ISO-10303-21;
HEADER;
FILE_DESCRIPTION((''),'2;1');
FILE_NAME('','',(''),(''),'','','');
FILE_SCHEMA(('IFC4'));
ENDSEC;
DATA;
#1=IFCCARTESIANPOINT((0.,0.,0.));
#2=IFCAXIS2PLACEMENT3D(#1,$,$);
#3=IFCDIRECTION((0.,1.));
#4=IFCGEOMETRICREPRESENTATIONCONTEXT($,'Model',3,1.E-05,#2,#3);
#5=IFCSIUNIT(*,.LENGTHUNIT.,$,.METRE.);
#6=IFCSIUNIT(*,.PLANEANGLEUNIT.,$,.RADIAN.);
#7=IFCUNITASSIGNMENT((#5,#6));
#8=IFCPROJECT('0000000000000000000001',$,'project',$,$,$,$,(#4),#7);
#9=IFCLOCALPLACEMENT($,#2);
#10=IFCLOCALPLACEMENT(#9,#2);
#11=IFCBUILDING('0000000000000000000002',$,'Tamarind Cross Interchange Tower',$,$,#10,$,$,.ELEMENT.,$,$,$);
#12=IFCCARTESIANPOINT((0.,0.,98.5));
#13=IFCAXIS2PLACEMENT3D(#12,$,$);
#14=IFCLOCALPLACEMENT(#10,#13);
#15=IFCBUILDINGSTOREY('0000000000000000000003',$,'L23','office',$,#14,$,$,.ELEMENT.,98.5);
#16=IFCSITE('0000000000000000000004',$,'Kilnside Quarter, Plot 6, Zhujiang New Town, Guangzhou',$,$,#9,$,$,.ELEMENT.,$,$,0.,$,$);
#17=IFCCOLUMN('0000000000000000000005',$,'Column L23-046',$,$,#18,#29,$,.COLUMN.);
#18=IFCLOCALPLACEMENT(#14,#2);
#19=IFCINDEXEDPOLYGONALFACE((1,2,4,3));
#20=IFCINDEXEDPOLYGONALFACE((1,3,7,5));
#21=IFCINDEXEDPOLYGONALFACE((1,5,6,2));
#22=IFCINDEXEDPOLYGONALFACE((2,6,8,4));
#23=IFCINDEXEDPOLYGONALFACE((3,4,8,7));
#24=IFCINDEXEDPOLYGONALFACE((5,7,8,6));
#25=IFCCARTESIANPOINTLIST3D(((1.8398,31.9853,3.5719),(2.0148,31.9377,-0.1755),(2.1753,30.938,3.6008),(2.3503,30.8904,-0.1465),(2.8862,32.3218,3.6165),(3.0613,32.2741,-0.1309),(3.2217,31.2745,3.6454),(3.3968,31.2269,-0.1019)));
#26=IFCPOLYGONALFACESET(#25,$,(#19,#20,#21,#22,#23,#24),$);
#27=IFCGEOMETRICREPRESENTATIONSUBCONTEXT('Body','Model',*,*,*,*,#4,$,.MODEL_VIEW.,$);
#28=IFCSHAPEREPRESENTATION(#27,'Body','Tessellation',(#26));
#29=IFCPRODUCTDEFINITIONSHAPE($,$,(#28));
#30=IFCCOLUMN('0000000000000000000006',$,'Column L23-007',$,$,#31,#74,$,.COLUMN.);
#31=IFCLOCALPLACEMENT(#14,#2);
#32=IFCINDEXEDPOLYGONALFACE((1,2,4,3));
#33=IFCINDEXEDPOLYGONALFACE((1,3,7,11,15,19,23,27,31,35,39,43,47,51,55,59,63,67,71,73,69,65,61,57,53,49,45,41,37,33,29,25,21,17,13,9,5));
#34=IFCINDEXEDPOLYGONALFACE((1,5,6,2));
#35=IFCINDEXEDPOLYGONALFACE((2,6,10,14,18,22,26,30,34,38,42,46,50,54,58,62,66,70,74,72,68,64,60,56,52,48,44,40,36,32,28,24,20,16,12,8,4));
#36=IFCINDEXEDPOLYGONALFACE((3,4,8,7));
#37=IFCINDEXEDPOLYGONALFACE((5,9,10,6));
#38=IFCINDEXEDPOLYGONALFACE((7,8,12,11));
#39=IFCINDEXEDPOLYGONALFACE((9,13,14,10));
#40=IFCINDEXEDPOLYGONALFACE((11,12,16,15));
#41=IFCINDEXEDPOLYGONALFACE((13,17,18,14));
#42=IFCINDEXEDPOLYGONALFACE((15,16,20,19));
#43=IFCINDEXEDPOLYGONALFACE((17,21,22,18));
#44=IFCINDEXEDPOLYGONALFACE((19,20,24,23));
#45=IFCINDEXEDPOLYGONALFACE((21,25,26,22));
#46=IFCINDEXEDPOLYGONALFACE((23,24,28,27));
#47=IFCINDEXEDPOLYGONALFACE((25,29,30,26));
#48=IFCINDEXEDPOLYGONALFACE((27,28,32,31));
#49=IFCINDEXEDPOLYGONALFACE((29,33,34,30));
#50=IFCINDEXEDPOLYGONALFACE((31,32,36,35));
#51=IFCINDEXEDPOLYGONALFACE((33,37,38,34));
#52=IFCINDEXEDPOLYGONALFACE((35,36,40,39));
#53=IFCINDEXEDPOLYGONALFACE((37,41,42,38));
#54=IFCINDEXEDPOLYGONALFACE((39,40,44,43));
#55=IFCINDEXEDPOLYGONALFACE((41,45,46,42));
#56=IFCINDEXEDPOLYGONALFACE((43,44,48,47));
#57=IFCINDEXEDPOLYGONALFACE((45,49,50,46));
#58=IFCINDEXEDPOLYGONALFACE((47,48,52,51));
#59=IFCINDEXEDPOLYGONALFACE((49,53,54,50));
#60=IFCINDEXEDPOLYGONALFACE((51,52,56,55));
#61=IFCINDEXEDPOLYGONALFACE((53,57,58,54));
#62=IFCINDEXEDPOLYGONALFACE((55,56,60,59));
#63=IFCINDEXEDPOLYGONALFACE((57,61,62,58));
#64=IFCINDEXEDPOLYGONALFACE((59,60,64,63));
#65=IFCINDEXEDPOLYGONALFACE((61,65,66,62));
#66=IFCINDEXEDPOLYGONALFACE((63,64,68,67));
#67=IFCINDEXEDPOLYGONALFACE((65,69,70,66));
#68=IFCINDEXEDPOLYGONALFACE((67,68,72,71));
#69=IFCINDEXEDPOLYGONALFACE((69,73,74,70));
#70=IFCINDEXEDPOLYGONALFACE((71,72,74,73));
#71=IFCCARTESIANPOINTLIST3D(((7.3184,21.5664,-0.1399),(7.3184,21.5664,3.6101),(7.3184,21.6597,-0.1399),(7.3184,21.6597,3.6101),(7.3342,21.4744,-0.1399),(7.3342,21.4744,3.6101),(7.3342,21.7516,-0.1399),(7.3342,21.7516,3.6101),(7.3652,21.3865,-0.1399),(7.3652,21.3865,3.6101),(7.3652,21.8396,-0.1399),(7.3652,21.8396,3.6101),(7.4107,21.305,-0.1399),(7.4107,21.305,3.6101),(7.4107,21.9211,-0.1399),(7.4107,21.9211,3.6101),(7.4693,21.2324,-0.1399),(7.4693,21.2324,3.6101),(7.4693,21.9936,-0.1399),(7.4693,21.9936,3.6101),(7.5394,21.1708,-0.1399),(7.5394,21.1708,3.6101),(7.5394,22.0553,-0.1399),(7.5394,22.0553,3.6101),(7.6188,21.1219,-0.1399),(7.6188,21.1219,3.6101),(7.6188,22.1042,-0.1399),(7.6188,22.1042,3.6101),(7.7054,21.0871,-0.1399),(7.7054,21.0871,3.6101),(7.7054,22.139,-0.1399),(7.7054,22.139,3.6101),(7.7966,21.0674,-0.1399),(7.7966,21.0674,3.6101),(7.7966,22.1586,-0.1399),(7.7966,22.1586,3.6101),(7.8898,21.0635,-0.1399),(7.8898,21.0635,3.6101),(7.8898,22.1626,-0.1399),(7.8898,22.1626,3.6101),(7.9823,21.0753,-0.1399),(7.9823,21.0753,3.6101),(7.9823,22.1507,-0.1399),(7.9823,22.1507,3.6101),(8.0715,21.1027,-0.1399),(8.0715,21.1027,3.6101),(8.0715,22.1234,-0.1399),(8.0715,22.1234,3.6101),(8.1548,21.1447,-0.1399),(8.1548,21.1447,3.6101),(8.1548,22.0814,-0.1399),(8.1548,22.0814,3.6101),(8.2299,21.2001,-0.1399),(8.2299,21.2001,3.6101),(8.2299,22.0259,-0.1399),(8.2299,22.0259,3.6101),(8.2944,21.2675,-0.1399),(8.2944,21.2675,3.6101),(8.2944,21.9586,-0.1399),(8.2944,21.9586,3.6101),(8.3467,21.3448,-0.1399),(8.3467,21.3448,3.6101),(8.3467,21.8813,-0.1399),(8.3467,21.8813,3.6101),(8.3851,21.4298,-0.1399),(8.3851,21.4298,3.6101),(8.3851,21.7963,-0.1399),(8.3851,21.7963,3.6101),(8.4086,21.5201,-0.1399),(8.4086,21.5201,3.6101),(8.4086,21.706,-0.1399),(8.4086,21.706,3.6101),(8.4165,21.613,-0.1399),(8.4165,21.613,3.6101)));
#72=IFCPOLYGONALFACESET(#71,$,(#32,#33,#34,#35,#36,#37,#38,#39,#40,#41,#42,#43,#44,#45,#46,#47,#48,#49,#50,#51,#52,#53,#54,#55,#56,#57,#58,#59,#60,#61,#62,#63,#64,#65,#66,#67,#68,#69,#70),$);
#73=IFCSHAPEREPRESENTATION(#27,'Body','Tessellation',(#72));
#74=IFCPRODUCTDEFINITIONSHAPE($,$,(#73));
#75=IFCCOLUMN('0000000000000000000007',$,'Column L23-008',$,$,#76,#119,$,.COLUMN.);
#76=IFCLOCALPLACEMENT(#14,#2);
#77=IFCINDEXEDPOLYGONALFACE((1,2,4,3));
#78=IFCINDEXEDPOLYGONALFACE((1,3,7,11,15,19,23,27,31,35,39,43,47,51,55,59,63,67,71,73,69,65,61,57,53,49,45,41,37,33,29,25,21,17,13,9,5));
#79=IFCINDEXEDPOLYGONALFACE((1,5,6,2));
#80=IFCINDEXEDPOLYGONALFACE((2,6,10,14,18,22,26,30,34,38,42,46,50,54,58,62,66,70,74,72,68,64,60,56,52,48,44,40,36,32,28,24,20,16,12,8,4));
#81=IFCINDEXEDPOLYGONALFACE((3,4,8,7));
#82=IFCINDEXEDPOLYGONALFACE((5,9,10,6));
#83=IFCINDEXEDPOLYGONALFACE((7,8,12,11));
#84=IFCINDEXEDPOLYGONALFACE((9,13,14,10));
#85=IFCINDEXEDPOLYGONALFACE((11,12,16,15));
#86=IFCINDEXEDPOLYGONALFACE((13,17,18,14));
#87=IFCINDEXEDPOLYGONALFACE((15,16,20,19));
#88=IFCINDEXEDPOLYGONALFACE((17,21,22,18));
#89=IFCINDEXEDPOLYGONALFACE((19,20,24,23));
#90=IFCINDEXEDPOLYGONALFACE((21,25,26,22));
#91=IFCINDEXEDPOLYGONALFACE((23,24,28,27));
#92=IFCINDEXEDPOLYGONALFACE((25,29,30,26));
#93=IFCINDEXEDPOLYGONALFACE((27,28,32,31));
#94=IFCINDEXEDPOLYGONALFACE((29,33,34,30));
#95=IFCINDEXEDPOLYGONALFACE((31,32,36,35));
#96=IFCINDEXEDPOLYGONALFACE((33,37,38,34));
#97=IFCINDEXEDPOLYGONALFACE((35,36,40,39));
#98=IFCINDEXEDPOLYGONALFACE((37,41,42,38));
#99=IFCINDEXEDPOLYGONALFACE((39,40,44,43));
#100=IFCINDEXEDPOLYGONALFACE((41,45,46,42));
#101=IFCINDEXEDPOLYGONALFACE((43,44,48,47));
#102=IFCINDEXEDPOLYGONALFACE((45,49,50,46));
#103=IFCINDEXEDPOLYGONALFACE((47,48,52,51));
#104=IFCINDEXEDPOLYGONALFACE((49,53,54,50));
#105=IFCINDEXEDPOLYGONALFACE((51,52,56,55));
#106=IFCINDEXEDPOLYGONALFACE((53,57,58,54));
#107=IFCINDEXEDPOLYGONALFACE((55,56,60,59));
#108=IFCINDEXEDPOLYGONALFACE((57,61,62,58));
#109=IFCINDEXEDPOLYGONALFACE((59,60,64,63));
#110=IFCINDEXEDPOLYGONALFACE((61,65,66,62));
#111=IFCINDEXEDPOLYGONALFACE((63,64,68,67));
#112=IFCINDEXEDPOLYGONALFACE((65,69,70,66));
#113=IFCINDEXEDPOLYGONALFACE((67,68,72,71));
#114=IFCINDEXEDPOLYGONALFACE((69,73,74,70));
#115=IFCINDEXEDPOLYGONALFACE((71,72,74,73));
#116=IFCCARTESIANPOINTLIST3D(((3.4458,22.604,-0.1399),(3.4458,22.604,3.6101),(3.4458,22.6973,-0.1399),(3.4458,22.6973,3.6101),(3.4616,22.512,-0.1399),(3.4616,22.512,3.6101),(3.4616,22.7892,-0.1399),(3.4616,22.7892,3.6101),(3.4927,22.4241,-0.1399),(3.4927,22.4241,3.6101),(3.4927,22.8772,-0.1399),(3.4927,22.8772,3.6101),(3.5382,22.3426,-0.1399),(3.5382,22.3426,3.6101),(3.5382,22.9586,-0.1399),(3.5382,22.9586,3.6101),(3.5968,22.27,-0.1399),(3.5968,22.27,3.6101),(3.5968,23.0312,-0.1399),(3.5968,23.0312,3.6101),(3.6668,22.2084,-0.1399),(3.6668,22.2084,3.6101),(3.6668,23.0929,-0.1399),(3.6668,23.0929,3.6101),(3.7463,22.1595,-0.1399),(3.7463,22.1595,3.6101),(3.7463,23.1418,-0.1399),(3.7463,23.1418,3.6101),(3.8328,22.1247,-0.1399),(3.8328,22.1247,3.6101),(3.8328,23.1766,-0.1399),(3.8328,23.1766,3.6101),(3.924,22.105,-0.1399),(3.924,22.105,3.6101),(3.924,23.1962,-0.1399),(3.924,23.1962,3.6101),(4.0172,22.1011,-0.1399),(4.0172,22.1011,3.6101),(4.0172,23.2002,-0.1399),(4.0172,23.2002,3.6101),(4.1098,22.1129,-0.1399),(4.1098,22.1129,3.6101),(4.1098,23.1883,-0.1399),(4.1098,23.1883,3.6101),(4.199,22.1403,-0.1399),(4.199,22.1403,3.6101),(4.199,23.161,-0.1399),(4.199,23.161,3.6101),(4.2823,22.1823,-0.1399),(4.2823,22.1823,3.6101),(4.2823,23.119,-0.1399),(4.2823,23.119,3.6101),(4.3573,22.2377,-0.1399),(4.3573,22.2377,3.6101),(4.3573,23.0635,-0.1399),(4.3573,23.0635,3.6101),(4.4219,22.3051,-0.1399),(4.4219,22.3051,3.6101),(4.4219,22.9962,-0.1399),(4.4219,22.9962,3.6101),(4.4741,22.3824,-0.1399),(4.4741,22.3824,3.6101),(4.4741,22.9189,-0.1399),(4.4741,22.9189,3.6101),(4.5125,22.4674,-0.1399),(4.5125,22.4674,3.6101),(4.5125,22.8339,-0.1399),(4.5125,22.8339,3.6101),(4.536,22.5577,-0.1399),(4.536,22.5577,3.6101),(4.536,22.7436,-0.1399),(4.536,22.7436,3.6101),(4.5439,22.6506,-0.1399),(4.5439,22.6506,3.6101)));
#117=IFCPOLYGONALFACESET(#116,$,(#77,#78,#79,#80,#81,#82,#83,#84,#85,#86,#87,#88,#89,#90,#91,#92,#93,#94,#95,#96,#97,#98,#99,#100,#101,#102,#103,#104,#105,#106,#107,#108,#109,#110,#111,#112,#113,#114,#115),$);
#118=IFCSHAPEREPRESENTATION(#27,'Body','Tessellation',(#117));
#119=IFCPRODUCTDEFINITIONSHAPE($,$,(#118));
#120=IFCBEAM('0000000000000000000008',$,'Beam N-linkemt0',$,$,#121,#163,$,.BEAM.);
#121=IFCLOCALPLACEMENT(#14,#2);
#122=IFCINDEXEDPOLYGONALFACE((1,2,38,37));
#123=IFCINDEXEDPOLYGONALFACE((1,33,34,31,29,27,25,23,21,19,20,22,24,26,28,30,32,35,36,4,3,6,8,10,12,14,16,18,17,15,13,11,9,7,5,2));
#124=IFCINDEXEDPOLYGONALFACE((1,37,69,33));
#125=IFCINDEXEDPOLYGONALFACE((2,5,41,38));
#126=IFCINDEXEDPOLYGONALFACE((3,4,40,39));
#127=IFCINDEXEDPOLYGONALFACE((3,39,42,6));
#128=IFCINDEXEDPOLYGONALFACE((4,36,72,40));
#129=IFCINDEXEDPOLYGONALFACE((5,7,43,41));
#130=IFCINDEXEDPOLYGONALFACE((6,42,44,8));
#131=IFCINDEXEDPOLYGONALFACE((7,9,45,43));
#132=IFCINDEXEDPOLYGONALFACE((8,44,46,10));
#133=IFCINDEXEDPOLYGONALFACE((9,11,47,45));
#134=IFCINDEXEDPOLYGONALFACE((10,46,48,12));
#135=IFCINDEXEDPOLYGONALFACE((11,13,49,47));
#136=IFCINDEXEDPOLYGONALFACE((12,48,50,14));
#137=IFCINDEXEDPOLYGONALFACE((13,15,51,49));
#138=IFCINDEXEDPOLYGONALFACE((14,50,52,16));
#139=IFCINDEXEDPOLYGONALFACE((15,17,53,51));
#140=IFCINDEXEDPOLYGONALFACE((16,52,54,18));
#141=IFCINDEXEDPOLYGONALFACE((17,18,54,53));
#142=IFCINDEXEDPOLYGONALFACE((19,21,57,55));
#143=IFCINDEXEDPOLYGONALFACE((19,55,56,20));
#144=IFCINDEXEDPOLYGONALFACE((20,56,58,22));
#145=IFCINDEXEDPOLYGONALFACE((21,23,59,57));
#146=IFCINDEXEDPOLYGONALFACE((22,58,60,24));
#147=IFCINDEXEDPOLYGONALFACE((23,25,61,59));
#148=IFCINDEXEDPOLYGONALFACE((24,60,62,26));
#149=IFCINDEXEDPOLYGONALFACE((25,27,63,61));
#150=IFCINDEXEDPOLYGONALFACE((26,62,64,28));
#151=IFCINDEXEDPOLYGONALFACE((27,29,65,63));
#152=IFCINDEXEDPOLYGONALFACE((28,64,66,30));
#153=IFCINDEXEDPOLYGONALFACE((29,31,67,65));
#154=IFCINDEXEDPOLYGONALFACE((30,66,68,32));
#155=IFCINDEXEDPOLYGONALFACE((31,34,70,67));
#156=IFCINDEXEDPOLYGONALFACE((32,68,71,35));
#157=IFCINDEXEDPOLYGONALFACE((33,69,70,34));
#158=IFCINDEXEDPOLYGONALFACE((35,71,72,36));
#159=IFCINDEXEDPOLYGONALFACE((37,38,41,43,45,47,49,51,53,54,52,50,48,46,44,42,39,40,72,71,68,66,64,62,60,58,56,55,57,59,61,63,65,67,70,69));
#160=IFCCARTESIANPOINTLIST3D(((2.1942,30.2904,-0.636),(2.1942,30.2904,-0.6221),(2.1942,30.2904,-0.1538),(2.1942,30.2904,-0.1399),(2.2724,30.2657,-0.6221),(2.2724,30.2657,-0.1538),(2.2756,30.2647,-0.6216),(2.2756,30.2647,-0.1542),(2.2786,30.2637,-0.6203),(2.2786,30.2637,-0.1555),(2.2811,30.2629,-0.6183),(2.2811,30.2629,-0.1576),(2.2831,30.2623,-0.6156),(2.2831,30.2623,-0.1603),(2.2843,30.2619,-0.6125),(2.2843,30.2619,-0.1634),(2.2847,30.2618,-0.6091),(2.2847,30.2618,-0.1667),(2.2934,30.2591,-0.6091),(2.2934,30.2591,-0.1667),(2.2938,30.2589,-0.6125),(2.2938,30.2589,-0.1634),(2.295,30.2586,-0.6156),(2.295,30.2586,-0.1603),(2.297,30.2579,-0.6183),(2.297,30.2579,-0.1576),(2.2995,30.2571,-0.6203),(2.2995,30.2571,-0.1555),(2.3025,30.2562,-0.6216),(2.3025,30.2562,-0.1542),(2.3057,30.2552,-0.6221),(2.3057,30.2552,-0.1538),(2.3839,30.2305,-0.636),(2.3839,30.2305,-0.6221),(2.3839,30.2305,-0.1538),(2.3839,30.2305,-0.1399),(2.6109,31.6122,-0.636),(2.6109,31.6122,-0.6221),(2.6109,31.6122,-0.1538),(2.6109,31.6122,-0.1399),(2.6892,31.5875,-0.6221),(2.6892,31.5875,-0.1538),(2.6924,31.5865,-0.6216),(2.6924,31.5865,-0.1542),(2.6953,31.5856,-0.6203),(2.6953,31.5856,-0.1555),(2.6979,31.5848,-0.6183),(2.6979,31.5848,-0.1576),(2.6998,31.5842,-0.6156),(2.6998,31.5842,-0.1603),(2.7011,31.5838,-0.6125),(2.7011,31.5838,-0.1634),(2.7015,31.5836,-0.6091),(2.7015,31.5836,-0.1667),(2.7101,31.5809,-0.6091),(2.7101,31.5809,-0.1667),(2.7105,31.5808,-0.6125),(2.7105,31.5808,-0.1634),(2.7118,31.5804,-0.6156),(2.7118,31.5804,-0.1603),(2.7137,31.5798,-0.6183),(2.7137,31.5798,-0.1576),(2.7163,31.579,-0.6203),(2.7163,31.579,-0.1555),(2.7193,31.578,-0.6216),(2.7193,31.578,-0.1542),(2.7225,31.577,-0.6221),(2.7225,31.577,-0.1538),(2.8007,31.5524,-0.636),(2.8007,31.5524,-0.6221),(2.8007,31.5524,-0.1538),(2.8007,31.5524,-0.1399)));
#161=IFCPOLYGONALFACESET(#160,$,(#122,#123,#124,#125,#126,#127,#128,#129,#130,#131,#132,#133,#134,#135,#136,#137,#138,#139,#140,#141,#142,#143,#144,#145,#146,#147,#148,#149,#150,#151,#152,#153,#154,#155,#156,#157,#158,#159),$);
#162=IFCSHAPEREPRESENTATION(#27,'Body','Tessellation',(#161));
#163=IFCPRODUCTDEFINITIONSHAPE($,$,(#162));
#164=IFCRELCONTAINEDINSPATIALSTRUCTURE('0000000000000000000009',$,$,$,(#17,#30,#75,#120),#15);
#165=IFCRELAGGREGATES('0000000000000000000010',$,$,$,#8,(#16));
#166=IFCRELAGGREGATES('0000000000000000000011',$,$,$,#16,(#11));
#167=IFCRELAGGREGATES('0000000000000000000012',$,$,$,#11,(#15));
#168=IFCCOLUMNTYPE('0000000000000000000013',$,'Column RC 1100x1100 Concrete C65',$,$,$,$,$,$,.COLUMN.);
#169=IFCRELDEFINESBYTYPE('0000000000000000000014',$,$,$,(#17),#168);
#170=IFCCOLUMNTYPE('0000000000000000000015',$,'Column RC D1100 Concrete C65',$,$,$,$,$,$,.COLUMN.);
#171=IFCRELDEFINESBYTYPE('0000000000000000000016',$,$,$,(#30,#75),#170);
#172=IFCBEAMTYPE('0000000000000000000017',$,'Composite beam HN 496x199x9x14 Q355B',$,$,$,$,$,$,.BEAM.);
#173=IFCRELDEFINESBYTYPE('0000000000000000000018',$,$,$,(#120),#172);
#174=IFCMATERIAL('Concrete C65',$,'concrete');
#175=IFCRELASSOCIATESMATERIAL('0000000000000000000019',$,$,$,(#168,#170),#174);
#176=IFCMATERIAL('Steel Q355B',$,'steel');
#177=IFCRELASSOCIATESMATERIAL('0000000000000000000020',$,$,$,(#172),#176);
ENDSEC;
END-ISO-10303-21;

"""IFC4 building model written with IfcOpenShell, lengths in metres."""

from ifc_helpers import new_model, si_unit, direction, frame, origin, origin_2d, place, context, subcontext, project, spatial, rectangle, circle, i_section, extrude, material, material_profile, profile_set, type_object, element, save


model = new_model("IFC4")

# Units and contexts
model_context = context("Model", 3, precision=1e-05, world=origin(), true_north=direction((0.0, 1.0)))
body_context = subcontext(model_context, "Body", "Model", "MODEL_VIEW")
ifc_project = project(units=[si_unit("LENGTHUNIT", "METRE"), si_unit("PLANEANGLEUNIT", "RADIAN")], contexts=[model_context])

# Site, building, storey
site_placement = place(None, origin())
site = spatial("IfcSite", under=ifc_project, at=site_placement, Name="Kilnside Quarter, Plot 6, Zhujiang New Town, Guangzhou", CompositionType="ELEMENT", RefElevation=0.0)
building_placement = place(site_placement, origin())
building = spatial("IfcBuilding", under=site, at=building_placement, Name="Tamarind Cross Interchange Tower", CompositionType="ELEMENT")
storey_placement = place(building_placement, frame((0.0, 0.0, 98.5)))
storey = spatial("IfcBuildingStorey", under=building, at=storey_placement, Name="L23", Description="office", CompositionType="ELEMENT", Elevation=98.5)

# Columns
ifc_material_1 = material(Name="Concrete C65", Category="concrete")
ifc_material_profile_1 = material_profile(ifc_material_1, rectangle(XDim=1.1001, YDim=1.1001, at=origin_2d()), Name="RC 1100x1100")
ifc_profile_set_1 = profile_set([ifc_material_profile_1], Name="Concrete C65")
column_type_1 = type_object("IfcColumnType", Name="Column RC 1100x1100 Concrete C65", PredefinedType="COLUMN", material=ifc_profile_set_1)
column_placement = place(storey_placement, frame((2.7058, 31.5823, -0.1387), z_axis=(-0.046659, 0.01269, 0.99883), x_axis=(0.304973, -0.951997, 0.026341)))
element("IfcColumn", 1, at=column_placement, inside=storey, type_object=column_type_1, Name="Column L23-046", PredefinedType="COLUMN", context=body_context, shape_type="SweptSolid", body=[
    extrude(rectangle(XDim=1.1001, YDim=1.1001, at=origin_2d()), origin(), (0.0, 0.0, 1.0), 3.7517),
])
ifc_material_profile_2 = material_profile(ifc_material_1, circle(Radius=0.55, at=origin_2d()), Name="RC D1100")
ifc_profile_set_2 = profile_set([ifc_material_profile_2], Name="Concrete C65")
column_type_2 = type_object("IfcColumnType", Name="Column RC D1100 Concrete C65", PredefinedType="COLUMN", material=ifc_profile_set_2)
for number, where, z_axis, x_axis, name in (
    (2, (7.8665, 21.613, -0.1399), (0.0, 0.0, 1.0), (1.0, 0.0, 0.0), "Column L23-007"),
    (3, (3.9939, 22.6506, -0.1399), (0.0, 0.0, 1.0), (1.0, 0.0, 0.0), "Column L23-008"),
):
    element("IfcColumn", number, at=place(storey_placement, frame(where, z_axis=z_axis, x_axis=x_axis)), inside=storey, type_object=column_type_2, Name=name, PredefinedType="COLUMN", context=body_context, shape_type="SweptSolid", body=[
        extrude(circle(Radius=0.55, at=origin_2d()), origin(), (0.0, 0.0, 1.0), 3.75),
    ])

# Beam
ifc_material_2 = material(Name="Steel Q355B", Category="steel")
ifc_material_profile_3 = material_profile(ifc_material_2, i_section(OverallWidth=0.199, OverallDepth=0.4961, WebThickness=0.009, FlangeThickness=0.0139, FilletRadius=0.0129, at=origin_2d()), Name="HN 496x199x9x14")
ifc_profile_set_3 = profile_set([ifc_material_profile_3], Name="Steel Q355B")
beam_type_1 = type_object("IfcBeamType", Name="Composite beam HN 496x199x9x14 Q355B", PredefinedType="BEAM", material=ifc_profile_set_3)
beam_1_placement = place(storey_placement, frame((2.7058, 31.5823, -0.3879), z_axis=(-0.300701, -0.953718, 0.0), x_axis=(0.953718, -0.300701, 0.0)))
element("IfcBeam", 4, at=beam_1_placement, inside=storey, type_object=beam_type_1, Name="Beam N-linkemt0", PredefinedType="BEAM", context=body_context, shape_type="SweptSolid", body=[
    extrude(i_section(OverallWidth=0.199, OverallDepth=0.4961, WebThickness=0.009, FlangeThickness=0.0139, FilletRadius=0.0129, at=origin_2d()), origin(), (0.0, 0.0, 1.0), 1.386),
])

save(model, "model.ifc")
